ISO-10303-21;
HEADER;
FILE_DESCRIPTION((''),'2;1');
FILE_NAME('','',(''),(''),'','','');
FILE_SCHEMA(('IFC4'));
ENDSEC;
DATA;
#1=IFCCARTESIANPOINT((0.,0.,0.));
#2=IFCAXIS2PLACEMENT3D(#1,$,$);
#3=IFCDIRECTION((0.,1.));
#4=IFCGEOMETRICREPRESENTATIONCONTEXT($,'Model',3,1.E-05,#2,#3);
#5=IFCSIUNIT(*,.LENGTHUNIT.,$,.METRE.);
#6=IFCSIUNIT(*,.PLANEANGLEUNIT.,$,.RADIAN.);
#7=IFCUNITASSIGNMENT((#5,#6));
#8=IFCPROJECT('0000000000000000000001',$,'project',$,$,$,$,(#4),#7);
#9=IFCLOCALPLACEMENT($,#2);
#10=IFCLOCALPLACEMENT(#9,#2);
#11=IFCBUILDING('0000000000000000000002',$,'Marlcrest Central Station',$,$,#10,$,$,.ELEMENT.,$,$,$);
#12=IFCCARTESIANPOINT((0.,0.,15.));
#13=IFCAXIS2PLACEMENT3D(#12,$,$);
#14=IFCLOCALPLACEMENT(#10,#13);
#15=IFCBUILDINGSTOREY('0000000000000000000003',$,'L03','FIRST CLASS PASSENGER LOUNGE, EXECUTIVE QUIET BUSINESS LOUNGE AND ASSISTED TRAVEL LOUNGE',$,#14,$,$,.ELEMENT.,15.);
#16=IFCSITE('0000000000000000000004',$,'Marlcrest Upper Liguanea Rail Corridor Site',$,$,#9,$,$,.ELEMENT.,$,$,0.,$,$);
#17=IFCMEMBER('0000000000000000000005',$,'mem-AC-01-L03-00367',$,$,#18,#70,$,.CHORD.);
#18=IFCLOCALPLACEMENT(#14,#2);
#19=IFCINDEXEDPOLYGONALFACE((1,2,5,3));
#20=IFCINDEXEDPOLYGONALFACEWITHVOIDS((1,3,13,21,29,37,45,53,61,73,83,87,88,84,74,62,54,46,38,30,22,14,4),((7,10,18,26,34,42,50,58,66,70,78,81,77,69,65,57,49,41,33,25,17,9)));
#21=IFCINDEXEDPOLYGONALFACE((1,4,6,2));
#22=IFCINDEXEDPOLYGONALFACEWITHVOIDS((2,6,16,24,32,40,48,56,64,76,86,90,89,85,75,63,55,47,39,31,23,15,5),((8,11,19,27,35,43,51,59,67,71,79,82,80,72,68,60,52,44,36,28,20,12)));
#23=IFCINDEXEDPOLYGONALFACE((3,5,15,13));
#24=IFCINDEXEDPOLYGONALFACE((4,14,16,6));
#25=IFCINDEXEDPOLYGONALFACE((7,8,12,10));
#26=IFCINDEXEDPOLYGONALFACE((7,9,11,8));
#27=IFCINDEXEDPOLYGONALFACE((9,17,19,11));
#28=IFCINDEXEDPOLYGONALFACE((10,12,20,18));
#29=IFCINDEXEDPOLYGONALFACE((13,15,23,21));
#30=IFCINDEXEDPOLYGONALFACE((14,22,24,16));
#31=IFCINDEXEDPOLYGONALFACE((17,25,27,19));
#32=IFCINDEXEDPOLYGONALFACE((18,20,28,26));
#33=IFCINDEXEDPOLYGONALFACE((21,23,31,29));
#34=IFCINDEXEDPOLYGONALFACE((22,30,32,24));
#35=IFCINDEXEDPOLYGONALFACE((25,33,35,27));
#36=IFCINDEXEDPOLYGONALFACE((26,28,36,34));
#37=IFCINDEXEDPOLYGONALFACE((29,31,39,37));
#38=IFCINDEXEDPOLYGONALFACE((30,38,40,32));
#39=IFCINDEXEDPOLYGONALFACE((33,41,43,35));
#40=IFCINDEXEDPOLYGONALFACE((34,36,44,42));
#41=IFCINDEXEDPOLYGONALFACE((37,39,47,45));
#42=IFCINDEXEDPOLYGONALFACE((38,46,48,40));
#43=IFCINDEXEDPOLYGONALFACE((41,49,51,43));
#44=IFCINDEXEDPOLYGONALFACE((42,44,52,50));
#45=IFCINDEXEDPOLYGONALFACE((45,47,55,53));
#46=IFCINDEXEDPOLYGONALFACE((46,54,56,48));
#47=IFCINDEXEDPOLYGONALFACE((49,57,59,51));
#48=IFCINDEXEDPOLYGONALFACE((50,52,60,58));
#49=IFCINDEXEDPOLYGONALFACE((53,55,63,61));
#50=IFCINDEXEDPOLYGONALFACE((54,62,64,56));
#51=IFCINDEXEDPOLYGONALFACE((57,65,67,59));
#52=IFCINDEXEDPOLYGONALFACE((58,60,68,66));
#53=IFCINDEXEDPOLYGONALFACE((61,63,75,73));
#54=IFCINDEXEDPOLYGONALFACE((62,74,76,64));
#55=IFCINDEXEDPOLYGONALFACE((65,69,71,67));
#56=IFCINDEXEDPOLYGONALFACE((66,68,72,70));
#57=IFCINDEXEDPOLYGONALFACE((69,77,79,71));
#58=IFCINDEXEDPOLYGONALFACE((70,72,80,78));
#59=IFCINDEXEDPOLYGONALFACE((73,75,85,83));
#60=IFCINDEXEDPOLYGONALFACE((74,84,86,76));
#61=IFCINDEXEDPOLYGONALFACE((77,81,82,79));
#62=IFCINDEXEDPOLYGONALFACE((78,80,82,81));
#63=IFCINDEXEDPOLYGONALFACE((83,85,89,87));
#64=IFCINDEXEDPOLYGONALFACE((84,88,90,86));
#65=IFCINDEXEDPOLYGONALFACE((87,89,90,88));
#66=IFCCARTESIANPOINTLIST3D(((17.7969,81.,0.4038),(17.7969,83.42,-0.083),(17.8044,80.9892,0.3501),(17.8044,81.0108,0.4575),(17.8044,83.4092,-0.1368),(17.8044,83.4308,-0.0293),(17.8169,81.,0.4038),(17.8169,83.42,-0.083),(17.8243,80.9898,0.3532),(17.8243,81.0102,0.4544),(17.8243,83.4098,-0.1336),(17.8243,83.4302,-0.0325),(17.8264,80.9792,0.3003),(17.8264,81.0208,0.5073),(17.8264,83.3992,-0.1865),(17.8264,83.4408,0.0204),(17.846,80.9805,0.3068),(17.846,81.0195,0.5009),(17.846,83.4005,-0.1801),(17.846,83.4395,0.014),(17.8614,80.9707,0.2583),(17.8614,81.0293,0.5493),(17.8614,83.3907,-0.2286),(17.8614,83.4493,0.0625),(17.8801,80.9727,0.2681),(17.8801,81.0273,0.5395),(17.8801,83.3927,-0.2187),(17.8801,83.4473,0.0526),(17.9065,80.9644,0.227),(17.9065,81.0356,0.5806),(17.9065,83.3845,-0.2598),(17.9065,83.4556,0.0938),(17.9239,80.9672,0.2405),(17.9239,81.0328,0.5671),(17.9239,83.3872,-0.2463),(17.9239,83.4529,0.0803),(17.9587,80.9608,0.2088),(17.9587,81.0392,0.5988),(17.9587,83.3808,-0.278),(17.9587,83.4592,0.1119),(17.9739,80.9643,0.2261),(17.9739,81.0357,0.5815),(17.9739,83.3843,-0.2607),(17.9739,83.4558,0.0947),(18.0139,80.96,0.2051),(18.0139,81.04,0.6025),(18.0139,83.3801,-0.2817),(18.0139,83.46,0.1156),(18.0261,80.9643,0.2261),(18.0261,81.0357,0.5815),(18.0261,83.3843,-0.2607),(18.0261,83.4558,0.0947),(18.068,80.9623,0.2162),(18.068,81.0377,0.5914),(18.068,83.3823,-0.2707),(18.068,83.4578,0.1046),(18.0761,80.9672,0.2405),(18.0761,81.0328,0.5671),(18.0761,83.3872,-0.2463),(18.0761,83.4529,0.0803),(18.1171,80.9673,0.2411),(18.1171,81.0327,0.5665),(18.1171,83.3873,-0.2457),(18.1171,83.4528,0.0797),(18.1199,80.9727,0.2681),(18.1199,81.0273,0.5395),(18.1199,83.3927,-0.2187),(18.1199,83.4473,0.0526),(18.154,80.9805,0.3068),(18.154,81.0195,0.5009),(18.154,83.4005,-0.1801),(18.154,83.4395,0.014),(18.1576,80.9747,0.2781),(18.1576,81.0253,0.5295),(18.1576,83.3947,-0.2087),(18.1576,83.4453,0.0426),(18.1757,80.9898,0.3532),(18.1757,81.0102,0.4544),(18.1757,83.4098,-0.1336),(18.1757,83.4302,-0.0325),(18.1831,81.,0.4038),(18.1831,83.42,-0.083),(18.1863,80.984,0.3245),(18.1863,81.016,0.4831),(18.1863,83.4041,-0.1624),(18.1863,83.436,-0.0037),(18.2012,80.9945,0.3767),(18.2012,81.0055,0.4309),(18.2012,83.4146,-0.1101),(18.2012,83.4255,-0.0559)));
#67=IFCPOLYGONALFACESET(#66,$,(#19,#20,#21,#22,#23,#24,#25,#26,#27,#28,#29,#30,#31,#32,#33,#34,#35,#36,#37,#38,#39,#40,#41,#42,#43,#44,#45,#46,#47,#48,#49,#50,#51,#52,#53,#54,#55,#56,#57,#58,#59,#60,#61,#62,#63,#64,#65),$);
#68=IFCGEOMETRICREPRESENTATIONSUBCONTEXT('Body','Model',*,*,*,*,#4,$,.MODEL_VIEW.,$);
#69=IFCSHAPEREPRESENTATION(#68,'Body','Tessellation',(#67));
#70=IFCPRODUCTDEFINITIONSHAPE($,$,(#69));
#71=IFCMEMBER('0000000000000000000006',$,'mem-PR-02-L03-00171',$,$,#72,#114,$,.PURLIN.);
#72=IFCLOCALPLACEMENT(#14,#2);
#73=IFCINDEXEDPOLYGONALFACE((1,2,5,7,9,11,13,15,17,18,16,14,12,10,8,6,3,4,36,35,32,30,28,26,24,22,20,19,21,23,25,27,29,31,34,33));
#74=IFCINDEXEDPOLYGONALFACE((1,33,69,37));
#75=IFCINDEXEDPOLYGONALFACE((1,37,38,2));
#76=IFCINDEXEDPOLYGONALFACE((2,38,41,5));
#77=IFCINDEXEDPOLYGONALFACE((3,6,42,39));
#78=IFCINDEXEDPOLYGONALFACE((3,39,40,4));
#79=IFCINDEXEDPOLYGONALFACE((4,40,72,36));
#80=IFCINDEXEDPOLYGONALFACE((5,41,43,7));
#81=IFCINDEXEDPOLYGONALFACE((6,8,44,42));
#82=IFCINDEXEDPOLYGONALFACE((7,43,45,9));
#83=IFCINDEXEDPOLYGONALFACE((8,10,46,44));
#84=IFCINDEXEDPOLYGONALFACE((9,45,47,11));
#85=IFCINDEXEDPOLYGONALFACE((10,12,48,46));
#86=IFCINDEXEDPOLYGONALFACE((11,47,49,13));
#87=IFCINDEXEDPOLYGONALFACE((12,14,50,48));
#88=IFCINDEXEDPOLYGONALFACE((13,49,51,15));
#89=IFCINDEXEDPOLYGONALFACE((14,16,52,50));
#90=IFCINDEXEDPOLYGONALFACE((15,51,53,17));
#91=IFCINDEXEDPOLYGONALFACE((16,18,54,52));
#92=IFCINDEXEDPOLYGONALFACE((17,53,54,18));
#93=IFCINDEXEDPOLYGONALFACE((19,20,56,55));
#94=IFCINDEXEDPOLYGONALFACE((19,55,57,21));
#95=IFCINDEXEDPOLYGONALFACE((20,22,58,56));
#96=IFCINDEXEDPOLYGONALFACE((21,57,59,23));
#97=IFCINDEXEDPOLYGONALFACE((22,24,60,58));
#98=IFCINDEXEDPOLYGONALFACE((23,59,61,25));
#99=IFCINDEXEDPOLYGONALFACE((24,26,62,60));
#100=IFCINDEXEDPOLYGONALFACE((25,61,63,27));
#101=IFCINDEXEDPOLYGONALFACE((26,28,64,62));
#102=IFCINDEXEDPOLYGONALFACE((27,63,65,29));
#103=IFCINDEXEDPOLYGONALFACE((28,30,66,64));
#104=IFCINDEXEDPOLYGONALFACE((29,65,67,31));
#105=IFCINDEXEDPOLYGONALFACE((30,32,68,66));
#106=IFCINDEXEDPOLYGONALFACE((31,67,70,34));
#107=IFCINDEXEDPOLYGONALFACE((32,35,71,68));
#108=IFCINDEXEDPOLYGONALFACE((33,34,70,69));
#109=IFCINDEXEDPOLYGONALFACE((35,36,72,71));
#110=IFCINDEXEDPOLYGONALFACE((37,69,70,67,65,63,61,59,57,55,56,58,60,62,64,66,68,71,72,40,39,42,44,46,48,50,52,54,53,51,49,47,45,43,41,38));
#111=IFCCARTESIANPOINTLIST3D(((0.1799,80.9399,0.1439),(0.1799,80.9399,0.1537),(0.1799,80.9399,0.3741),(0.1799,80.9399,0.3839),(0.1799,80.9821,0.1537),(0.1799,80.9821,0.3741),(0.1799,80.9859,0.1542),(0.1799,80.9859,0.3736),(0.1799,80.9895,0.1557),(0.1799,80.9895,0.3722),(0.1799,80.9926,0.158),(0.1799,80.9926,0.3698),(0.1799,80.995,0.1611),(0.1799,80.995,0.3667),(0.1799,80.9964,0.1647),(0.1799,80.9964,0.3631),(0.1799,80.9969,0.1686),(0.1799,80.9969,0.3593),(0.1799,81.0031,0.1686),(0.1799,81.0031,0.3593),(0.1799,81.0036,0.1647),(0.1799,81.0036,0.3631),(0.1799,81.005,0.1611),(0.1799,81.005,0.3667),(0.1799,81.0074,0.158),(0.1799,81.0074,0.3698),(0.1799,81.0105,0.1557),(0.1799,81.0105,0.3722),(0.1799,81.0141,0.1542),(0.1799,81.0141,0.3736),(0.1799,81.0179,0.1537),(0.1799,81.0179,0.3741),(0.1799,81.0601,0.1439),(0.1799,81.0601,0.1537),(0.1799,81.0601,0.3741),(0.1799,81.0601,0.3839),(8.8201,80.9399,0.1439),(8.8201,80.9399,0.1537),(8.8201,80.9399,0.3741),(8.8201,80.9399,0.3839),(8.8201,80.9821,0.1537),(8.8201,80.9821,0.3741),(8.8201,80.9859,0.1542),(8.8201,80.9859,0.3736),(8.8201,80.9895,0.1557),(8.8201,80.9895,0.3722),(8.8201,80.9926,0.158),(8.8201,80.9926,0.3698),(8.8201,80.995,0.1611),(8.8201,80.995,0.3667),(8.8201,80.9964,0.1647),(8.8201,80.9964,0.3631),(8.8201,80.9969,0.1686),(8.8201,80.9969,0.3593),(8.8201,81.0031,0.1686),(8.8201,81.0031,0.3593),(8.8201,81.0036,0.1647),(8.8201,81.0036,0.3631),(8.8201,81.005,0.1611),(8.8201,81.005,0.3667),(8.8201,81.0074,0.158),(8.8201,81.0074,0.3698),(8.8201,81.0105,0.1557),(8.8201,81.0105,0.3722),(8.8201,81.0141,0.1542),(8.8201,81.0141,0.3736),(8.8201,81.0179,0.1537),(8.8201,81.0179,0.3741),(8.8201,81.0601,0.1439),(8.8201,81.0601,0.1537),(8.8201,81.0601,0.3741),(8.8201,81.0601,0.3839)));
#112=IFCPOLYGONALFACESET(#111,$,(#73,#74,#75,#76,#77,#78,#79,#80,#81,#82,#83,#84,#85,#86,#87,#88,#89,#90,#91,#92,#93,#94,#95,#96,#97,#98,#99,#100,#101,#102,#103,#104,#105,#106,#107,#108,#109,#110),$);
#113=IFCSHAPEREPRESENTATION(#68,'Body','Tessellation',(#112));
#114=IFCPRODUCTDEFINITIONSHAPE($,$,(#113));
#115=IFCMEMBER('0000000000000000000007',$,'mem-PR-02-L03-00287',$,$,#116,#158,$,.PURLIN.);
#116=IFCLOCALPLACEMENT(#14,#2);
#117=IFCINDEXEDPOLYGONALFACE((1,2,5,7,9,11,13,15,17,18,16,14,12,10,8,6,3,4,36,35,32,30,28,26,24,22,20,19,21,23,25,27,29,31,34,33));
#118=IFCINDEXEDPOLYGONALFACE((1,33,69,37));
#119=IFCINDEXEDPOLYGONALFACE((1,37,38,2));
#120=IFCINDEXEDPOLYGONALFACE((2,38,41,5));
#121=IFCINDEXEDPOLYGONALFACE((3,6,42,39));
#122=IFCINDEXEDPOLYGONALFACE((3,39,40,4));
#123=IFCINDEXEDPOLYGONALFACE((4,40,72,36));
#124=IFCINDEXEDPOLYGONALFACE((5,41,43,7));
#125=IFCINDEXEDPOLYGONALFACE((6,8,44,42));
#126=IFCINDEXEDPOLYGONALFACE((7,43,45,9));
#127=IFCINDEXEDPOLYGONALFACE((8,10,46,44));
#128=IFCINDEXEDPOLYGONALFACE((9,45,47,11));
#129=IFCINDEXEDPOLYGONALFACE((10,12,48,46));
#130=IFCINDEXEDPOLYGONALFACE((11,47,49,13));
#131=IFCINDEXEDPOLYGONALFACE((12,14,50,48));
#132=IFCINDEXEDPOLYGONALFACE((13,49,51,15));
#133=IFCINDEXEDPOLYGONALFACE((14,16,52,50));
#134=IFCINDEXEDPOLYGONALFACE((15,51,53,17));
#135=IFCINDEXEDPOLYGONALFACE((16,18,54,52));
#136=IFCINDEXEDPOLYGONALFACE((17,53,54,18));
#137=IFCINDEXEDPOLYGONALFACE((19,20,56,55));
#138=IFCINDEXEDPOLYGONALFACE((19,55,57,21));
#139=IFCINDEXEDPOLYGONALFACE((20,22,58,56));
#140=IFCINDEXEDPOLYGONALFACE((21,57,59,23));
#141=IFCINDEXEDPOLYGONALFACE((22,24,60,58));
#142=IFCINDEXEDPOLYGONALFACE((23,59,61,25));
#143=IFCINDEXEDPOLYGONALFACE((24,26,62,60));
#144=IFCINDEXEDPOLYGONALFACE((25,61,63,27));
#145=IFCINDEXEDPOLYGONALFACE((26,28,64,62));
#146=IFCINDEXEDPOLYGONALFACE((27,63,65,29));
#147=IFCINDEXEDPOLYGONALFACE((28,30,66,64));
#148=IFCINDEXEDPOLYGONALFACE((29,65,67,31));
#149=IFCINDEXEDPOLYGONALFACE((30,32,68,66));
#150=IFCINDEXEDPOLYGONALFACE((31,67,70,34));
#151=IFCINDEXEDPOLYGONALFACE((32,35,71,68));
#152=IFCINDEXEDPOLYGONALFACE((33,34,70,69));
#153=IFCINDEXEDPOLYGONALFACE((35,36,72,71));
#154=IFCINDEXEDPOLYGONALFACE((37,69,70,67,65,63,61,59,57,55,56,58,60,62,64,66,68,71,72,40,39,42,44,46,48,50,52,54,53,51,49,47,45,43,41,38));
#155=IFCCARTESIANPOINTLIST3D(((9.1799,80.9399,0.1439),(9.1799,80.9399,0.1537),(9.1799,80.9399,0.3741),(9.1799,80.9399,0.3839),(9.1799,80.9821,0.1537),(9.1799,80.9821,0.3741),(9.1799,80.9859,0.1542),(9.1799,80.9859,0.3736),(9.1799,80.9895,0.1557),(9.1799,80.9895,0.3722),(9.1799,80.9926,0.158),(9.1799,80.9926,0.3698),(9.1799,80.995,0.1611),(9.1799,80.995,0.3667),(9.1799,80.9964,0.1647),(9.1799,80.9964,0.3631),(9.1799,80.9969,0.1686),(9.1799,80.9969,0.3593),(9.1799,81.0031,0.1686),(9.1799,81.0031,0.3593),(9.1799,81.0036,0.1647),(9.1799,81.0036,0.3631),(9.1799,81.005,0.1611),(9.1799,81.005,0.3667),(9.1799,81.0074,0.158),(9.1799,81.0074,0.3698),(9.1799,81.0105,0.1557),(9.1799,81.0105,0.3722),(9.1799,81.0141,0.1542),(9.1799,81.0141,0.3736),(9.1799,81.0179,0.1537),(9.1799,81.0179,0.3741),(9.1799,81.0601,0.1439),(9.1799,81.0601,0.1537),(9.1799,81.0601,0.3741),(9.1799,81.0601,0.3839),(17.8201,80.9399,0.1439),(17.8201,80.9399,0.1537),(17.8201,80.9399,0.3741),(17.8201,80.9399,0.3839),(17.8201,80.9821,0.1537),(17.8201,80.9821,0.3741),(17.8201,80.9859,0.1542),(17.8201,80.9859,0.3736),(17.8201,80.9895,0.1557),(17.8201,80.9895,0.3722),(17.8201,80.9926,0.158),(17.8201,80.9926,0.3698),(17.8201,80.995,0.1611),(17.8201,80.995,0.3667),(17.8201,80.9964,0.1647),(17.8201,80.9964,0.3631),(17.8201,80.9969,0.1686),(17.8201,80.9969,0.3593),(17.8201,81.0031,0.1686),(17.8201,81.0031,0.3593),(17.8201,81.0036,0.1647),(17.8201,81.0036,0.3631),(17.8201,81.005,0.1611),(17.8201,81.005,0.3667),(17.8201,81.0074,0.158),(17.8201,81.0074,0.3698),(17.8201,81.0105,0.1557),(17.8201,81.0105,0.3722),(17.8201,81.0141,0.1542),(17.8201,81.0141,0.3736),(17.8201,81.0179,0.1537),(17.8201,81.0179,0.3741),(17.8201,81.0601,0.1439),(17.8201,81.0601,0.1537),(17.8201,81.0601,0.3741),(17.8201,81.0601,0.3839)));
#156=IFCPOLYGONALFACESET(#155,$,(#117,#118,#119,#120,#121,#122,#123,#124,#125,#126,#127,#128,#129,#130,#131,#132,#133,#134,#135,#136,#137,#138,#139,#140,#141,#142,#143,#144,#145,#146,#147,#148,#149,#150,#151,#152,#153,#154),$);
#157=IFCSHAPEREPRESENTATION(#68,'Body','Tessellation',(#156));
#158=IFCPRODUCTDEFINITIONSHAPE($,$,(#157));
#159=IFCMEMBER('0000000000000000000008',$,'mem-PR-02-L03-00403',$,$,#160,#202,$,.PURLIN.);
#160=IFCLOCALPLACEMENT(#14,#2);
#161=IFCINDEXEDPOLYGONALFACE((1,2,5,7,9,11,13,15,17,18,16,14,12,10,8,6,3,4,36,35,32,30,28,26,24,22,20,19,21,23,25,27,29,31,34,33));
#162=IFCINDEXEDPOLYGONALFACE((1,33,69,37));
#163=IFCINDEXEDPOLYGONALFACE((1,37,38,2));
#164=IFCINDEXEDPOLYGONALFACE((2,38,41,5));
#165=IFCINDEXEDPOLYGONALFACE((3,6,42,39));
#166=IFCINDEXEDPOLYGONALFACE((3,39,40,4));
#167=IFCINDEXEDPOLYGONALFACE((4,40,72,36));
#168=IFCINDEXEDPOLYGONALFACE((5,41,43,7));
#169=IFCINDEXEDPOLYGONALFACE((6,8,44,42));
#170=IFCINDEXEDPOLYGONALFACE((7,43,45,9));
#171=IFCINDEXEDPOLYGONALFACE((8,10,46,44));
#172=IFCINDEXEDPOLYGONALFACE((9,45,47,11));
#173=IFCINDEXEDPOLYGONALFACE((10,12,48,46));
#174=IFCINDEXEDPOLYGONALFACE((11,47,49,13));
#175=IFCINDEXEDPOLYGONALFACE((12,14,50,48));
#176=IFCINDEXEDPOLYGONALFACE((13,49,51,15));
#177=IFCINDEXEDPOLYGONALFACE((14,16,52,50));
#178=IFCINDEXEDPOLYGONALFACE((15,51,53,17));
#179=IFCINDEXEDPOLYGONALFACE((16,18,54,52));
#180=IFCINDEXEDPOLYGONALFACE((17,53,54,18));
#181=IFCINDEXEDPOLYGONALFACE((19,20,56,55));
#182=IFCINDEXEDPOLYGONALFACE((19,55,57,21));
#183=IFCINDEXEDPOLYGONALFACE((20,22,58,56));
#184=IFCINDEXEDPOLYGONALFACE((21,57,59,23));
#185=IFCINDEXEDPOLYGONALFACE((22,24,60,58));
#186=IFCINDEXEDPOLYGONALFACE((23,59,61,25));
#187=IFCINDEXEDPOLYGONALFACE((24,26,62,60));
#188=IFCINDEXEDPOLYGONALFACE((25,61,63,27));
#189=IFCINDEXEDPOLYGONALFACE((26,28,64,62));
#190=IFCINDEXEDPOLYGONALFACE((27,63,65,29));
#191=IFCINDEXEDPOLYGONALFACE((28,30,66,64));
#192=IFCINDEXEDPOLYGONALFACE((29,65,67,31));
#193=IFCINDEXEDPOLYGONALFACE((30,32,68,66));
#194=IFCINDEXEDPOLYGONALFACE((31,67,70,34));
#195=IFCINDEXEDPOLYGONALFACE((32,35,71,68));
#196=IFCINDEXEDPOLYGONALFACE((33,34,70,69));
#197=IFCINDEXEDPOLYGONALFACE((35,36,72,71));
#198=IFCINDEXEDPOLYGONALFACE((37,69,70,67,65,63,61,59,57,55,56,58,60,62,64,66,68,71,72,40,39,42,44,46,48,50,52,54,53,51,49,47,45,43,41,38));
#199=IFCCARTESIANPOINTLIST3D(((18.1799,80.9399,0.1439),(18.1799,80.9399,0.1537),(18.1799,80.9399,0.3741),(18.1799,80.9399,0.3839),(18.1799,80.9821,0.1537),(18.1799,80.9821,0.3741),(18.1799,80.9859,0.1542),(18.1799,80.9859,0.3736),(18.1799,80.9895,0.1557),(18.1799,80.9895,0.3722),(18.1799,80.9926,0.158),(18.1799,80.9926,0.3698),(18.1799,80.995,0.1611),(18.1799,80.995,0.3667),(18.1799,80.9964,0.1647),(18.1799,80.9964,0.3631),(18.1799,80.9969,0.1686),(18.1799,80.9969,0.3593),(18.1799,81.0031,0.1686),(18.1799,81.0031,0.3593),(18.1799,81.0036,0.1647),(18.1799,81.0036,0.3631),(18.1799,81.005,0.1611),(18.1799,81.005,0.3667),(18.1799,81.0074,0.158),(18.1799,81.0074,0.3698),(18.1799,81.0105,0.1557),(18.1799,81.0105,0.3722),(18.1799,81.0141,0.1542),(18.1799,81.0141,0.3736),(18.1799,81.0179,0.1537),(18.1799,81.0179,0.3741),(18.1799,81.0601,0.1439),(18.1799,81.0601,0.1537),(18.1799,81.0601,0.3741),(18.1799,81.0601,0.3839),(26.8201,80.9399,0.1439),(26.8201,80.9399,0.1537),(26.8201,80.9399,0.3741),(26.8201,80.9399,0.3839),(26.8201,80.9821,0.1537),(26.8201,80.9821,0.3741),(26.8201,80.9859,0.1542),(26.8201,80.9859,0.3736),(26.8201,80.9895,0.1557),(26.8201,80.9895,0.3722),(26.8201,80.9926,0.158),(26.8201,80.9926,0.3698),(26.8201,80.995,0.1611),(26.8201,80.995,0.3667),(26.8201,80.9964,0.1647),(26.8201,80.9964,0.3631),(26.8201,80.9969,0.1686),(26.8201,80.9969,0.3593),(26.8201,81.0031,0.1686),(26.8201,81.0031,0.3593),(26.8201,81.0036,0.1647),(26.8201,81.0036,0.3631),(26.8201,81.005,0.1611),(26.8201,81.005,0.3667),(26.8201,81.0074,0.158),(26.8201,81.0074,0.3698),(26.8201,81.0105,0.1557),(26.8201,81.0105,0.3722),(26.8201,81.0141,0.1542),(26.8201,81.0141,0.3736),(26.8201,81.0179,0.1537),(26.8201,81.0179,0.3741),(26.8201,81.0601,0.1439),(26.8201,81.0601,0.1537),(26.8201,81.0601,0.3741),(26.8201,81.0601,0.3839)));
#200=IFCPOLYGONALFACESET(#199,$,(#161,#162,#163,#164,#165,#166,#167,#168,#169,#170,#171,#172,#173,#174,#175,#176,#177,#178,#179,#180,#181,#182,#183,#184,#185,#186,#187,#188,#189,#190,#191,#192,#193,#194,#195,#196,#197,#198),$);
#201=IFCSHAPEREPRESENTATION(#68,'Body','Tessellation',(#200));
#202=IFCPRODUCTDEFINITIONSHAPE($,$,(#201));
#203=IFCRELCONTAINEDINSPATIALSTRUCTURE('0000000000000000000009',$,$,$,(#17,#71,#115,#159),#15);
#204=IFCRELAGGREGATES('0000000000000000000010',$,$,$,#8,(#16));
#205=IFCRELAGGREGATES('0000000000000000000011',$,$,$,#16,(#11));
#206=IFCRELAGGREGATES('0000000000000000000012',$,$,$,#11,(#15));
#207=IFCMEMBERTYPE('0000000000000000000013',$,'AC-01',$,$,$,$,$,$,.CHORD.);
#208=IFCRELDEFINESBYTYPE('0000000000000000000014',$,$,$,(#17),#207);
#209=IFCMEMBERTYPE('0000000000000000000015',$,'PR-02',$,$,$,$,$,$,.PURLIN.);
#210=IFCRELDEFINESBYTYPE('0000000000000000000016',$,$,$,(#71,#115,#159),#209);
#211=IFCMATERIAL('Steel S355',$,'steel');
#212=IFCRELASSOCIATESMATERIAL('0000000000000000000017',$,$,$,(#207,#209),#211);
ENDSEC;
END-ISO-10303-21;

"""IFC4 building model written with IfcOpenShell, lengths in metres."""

from ifc_helpers import new_model, si_unit, direction, frame, origin, origin_2d, place, context, subcontext, project, spatial, hollow_circle, i_section, extrude, material, material_profile, profile_set, type_object, element, save


model = new_model("IFC4")

# Units and contexts
model_context = context("Model", 3, precision=1e-05, world=origin(), true_north=direction((0.0, 1.0)))
body_context = subcontext(model_context, "Body", "Model", "MODEL_VIEW")
ifc_project = project(units=[si_unit("LENGTHUNIT", "METRE"), si_unit("PLANEANGLEUNIT", "RADIAN")], contexts=[model_context])

# Site, building, storey
site_placement = place(None, origin())
site = spatial("IfcSite", under=ifc_project, at=site_placement, Name="Marlcrest Upper Liguanea Rail Corridor Site", CompositionType="ELEMENT", RefElevation=0.0)
building_placement = place(site_placement, origin())
building = spatial("IfcBuilding", under=site, at=building_placement, Name="Marlcrest Central Station", CompositionType="ELEMENT")
storey_placement = place(building_placement, frame((0.0, 0.0, 15.0)))
storey = spatial("IfcBuildingStorey", under=building, at=storey_placement, Name="L03", Description="FIRST CLASS PASSENGER LOUNGE, EXECUTIVE QUIET BUSINESS LOUNGE AND ASSISTED TRAVEL LOUNGE", CompositionType="ELEMENT", Elevation=15.0)

# Shared definitions
ifc_material_1 = material(Name="Steel S355", Category="steel")

# Members
ifc_material_profile_1 = material_profile(ifc_material_1, hollow_circle(Radius=0.2031, WallThickness=0.02, at=origin_2d()), Name="CHS 406.4x20")
ifc_profile_set_1 = profile_set([ifc_material_profile_1], Name="Steel S355")
member_type_1 = type_object("IfcMemberType", Name="AC-01", PredefinedType="CHORD", material=ifc_profile_set_1)
member_1_placement = place(storey_placement, frame((18.0, 81.0, 0.4038), z_axis=(0.0, 0.980359, -0.197219), x_axis=(-1.0, 0.0, 0.0)))
element("IfcMember", 1, at=member_1_placement, inside=storey, type_object=member_type_1, Name="mem-AC-01-L03-00367", PredefinedType="CHORD", context=body_context, shape_type="SweptSolid", body=[
    extrude(hollow_circle(Radius=0.2031, WallThickness=0.02, at=origin_2d()), origin(), (0.0, 0.0, 1.0), 2.4685),
])
ifc_material_profile_2 = material_profile(ifc_material_1, i_section(OverallWidth=0.1201, OverallDepth=0.24, WebThickness=0.0061, FlangeThickness=0.0098, FilletRadius=0.0149, at=origin_2d()), Name="IPE 240")
ifc_profile_set_2 = profile_set([ifc_material_profile_2], Name="Steel S355")
member_type_2 = type_object("IfcMemberType", Name="PR-02", PredefinedType="PURLIN", material=ifc_profile_set_2)
for number, where, z_axis, x_axis, name in (
    (2, (0.1799, 81.0, 0.2639), (1.0, 0.0, 0.0), (0.0, 1.0, 0.0), "mem-PR-02-L03-00171"),
    (3, (9.1799, 81.0, 0.2639), (1.0, 0.0, 0.0), (0.0, 1.0, 0.0), "mem-PR-02-L03-00287"),
    (4, (18.1799, 81.0, 0.2639), (1.0, 0.0, 0.0), (0.0, 1.0, 0.0), "mem-PR-02-L03-00403"),
):
    element("IfcMember", number, at=place(storey_placement, frame(where, z_axis=z_axis, x_axis=x_axis)), inside=storey, type_object=member_type_2, Name=name, PredefinedType="PURLIN", context=body_context, shape_type="SweptSolid", body=[
        extrude(i_section(OverallWidth=0.1201, OverallDepth=0.24, WebThickness=0.0061, FlangeThickness=0.0098, FilletRadius=0.0149, at=origin_2d()), origin(), (0.0, 0.0, 1.0), 8.6401),
    ])

save(model, "model.ifc")
